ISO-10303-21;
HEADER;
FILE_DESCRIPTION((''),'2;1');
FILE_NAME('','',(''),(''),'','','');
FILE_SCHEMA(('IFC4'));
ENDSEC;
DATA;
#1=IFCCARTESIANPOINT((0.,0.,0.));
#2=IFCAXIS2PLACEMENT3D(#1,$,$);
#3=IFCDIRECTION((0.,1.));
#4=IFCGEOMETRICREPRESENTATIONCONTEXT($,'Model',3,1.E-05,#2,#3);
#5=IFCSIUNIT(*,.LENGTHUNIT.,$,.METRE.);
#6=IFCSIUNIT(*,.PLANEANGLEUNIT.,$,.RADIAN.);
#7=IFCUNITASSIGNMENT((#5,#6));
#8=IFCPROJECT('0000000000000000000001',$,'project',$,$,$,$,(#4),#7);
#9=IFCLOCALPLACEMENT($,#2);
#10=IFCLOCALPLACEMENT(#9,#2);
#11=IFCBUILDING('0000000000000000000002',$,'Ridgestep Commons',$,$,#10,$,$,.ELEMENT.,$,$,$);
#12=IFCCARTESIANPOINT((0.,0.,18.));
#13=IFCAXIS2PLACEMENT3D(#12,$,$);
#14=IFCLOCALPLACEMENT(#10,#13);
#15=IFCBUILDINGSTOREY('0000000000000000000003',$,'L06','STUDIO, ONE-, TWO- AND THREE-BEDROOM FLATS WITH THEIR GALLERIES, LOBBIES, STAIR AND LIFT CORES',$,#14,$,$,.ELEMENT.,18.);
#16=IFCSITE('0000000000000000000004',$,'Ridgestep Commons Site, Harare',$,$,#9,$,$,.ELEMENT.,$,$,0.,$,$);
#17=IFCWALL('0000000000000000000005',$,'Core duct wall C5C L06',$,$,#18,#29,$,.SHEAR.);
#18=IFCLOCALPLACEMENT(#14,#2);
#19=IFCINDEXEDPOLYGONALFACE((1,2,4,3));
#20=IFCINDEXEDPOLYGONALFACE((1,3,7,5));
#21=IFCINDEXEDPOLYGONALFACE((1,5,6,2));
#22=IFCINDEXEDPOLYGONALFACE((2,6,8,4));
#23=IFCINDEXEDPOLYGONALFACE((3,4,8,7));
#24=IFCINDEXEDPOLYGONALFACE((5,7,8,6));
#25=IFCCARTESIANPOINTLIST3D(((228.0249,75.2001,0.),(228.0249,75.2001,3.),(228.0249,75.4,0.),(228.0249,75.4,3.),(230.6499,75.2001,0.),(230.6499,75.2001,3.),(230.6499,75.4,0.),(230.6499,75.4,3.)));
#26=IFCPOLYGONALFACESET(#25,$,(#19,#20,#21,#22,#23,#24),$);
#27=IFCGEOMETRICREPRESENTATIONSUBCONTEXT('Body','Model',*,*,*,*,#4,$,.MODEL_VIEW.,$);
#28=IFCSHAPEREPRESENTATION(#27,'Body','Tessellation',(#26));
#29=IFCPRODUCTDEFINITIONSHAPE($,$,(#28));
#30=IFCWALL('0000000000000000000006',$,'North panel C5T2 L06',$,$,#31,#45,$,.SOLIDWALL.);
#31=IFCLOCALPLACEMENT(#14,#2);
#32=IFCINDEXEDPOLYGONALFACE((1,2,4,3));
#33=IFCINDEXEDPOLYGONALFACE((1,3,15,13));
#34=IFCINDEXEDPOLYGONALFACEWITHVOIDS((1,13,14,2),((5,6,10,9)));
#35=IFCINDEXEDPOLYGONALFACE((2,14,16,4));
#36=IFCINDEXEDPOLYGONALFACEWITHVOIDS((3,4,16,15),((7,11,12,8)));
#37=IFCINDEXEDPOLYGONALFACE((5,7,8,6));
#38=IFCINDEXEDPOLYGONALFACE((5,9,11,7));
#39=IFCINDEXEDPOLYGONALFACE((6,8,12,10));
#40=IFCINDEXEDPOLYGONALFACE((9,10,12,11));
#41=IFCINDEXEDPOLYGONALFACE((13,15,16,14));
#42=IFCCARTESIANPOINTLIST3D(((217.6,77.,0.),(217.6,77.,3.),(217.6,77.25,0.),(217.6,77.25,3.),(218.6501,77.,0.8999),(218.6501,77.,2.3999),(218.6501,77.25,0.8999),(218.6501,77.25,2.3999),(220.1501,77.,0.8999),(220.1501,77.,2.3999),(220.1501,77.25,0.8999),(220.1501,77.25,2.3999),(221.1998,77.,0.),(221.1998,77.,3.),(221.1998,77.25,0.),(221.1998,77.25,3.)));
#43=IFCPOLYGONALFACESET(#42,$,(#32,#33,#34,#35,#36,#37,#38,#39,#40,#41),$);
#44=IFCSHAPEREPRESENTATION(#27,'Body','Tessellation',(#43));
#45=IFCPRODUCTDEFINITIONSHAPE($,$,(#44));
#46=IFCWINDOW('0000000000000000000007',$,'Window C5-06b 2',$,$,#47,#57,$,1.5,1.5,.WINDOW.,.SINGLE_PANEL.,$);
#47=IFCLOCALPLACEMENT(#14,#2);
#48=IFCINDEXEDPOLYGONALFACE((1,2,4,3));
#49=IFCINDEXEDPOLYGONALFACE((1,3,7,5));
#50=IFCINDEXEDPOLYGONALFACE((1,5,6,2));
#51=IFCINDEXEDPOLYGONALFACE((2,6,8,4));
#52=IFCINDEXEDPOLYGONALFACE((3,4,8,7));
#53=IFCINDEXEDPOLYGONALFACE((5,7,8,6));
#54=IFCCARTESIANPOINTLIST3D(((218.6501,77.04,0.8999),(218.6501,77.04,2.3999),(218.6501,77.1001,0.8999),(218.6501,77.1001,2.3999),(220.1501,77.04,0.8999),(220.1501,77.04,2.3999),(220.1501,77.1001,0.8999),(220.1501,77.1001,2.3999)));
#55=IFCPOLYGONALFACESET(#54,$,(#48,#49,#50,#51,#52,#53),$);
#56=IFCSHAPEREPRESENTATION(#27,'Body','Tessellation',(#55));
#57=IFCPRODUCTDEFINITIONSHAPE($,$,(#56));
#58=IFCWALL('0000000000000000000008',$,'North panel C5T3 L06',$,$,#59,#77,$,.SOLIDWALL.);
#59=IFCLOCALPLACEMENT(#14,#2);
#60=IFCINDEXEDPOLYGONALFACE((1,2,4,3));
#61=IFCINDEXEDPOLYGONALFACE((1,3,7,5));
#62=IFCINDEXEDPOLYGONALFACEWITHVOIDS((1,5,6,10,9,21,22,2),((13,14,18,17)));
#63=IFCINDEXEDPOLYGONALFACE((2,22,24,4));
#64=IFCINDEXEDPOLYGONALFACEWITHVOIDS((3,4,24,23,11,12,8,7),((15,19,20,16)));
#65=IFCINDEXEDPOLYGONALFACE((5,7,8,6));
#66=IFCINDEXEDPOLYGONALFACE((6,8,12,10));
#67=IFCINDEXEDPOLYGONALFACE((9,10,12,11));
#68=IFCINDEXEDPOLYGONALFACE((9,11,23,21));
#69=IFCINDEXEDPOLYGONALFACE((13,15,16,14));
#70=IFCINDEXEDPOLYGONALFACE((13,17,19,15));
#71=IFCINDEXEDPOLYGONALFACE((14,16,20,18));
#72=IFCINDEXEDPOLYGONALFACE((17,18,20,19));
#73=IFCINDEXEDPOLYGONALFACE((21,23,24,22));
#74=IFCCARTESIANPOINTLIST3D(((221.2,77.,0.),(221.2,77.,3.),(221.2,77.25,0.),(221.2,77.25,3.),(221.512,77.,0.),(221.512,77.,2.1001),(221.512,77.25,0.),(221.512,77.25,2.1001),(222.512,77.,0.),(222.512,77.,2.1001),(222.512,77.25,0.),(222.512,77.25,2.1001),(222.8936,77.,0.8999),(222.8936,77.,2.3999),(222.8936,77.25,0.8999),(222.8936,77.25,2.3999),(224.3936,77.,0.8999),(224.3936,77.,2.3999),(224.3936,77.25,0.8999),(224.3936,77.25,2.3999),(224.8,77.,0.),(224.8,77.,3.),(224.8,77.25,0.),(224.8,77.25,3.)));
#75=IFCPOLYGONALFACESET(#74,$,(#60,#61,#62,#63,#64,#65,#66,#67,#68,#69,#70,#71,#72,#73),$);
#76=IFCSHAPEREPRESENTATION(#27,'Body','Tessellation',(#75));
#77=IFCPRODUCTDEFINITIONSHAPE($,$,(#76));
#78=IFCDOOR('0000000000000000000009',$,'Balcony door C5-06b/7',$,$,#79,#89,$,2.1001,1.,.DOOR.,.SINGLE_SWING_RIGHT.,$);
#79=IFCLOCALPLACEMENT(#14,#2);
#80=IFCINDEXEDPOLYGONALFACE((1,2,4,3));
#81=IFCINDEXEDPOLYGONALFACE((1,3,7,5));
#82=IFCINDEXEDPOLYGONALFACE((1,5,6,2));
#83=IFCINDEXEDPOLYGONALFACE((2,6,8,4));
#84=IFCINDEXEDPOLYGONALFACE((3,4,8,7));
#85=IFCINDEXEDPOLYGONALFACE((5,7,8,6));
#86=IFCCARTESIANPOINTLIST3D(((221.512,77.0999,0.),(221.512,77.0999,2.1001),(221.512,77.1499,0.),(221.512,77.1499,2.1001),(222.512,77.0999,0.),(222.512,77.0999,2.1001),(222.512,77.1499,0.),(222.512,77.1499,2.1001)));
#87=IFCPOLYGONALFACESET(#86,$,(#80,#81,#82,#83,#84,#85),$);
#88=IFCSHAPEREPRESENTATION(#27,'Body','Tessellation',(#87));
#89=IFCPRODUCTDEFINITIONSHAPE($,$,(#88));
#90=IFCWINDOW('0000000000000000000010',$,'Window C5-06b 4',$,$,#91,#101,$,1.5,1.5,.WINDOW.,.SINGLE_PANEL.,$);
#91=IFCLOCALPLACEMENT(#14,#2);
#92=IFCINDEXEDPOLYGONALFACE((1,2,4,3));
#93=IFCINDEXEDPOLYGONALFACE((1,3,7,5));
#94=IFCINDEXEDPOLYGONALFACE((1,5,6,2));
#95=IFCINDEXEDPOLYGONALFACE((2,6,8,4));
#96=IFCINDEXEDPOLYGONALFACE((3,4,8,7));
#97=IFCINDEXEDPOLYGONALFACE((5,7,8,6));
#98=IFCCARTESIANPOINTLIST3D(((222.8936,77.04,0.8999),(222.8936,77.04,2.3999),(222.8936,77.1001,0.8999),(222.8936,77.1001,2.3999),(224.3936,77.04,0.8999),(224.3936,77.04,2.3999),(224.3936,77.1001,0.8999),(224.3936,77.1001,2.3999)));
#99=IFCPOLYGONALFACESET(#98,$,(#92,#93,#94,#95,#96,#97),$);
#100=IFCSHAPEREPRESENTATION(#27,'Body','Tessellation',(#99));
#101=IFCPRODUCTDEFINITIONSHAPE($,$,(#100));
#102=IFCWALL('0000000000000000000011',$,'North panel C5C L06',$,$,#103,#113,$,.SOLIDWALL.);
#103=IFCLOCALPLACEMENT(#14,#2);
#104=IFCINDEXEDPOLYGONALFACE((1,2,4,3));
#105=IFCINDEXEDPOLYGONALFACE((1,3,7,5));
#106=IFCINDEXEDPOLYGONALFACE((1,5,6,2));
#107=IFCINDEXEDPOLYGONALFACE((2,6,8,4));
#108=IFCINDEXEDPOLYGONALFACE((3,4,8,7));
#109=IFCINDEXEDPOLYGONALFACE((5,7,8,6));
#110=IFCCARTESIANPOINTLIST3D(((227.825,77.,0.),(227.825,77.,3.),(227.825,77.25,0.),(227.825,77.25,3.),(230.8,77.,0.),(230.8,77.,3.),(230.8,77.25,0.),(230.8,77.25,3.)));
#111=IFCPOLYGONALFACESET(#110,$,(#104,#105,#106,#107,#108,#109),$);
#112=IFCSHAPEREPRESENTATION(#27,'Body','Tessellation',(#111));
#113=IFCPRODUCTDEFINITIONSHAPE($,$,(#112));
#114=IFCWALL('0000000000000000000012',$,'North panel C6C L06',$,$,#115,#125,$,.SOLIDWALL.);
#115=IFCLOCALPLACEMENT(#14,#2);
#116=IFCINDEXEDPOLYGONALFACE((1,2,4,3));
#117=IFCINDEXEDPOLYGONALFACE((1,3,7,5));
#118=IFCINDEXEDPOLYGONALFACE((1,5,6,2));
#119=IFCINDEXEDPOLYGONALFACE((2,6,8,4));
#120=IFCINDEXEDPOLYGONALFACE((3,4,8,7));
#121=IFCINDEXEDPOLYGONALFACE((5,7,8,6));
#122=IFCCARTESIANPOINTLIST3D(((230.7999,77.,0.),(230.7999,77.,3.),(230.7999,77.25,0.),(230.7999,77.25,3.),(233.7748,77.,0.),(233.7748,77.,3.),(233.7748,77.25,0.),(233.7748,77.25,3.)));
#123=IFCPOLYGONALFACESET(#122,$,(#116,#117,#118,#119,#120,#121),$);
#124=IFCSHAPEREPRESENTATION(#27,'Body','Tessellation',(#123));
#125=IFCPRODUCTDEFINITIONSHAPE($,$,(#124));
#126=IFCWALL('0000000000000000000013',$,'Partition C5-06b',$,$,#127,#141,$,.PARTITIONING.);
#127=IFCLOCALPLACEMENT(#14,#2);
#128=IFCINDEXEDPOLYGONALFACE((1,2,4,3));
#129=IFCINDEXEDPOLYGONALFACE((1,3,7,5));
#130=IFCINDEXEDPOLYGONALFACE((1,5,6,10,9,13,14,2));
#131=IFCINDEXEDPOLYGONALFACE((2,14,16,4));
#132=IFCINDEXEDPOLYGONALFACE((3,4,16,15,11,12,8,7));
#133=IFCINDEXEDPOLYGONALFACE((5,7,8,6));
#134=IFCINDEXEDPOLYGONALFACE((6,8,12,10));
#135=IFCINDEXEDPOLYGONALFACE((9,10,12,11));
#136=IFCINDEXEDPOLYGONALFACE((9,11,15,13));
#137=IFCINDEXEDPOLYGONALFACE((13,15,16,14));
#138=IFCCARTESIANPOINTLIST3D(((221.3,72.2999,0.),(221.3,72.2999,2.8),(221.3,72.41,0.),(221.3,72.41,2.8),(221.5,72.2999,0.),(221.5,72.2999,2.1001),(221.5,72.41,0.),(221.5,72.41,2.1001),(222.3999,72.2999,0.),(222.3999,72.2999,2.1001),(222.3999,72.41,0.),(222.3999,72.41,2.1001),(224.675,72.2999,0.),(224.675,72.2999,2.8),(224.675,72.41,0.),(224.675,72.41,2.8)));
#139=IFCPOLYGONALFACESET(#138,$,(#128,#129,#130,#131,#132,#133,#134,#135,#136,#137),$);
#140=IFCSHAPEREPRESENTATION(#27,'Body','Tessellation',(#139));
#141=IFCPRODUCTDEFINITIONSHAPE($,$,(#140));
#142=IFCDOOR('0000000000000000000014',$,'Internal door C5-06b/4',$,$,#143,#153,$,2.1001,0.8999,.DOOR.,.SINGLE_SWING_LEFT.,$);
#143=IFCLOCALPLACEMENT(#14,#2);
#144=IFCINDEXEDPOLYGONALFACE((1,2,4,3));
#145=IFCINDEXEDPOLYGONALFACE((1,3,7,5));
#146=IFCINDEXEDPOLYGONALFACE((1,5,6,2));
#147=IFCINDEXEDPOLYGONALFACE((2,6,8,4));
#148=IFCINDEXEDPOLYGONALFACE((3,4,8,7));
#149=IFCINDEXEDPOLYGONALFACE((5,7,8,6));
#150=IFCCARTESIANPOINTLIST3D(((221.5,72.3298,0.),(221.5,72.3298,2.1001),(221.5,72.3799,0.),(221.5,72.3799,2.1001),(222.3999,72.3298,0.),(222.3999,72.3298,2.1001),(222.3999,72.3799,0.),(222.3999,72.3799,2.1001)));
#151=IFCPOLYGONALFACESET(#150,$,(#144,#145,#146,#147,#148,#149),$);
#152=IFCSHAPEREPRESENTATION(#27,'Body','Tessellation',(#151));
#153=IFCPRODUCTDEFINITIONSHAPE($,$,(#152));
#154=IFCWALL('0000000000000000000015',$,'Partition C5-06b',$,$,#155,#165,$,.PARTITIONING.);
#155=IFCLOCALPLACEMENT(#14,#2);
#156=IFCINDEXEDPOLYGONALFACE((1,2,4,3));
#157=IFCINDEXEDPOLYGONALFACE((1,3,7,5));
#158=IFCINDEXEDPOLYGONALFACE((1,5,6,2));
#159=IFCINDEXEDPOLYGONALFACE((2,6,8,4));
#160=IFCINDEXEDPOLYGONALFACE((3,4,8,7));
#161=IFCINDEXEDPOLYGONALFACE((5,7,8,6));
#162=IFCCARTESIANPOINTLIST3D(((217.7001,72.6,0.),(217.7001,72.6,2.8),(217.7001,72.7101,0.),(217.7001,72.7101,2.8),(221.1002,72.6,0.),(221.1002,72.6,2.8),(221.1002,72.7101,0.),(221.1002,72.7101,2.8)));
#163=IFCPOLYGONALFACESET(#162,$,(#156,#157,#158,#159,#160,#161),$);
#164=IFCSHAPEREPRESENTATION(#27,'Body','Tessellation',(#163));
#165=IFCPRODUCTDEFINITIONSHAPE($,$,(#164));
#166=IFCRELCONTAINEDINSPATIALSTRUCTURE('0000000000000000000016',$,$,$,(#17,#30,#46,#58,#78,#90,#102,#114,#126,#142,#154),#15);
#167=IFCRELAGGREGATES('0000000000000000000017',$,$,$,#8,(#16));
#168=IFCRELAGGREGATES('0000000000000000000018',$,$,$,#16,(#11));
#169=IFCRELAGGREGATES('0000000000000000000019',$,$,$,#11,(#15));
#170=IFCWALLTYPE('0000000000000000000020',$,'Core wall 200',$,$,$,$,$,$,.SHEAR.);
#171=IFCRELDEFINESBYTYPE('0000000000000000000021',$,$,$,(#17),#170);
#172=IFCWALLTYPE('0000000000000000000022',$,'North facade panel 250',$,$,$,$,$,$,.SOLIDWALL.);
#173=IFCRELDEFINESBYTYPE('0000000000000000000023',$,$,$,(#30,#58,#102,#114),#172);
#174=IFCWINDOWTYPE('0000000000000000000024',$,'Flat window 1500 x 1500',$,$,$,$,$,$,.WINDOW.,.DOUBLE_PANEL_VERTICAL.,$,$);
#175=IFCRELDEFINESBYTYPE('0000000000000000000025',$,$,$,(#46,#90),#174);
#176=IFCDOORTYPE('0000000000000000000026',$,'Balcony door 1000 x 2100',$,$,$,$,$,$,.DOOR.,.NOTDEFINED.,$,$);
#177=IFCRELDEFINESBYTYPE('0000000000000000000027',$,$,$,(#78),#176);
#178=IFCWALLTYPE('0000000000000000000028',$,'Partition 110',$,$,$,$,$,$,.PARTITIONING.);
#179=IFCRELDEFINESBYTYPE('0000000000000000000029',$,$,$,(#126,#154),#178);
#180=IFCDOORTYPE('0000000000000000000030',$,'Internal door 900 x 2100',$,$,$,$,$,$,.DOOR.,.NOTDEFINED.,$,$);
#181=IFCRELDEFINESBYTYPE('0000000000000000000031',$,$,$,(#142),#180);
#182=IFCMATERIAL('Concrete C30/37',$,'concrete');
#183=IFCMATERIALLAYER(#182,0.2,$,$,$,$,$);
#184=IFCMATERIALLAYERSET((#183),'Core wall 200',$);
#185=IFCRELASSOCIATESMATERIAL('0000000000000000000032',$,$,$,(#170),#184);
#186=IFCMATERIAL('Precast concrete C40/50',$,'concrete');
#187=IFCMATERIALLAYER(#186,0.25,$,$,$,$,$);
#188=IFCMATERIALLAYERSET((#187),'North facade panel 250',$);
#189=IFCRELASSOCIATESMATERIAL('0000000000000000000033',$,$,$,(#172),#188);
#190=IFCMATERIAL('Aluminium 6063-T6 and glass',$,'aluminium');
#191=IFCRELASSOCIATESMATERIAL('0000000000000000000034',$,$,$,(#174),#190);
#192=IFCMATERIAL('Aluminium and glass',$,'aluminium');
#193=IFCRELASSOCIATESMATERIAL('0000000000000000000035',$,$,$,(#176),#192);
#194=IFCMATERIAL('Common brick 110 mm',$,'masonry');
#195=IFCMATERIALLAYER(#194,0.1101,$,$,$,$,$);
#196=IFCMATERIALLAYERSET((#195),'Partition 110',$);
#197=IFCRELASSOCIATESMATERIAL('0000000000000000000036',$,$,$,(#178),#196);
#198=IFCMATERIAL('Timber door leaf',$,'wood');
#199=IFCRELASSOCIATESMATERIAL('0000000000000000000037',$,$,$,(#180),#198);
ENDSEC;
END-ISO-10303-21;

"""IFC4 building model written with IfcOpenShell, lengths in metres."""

from ifc_helpers import new_model, si_unit, direction, frame, frame_2d, origin, place, context, subcontext, project, spatial, rectangle, extrude, material, layer, layer_set, type_object, element, fill, save


model = new_model("IFC4")

# Units and contexts
model_context = context("Model", 3, precision=1e-05, world=origin(), true_north=direction((0.0, 1.0)))
body_context = subcontext(model_context, "Body", "Model", "MODEL_VIEW")
ifc_project = project(units=[si_unit("LENGTHUNIT", "METRE"), si_unit("PLANEANGLEUNIT", "RADIAN")], contexts=[model_context])

# Site, building, storey
site_placement = place(None, origin())
site = spatial("IfcSite", under=ifc_project, at=site_placement, Name="Ridgestep Commons Site, Harare", CompositionType="ELEMENT", RefElevation=0.0)
building_placement = place(site_placement, origin())
building = spatial("IfcBuilding", under=site, at=building_placement, Name="Ridgestep Commons", CompositionType="ELEMENT")
storey_placement = place(building_placement, frame((0.0, 0.0, 18.0)))
storey = spatial("IfcBuildingStorey", under=building, at=storey_placement, Name="L06", Description="STUDIO, ONE-, TWO- AND THREE-BEDROOM FLATS WITH THEIR GALLERIES, LOBBIES, STAIR AND LIFT CORES", CompositionType="ELEMENT", Elevation=18.0)

# Wall
ifc_material_1 = material(Name="Concrete C30/37", Category="concrete")
ifc_layer_1 = layer(ifc_material_1, 0.2)
ifc_layer_set_1 = layer_set([ifc_layer_1], Name="Core wall 200")
wall_type_1 = type_object("IfcWallType", Name="Core wall 200", PredefinedType="SHEAR", material=ifc_layer_set_1)
wall_1_placement = place(storey_placement, frame((228.0249, 75.3, 0.0), z_axis=(0.0, 0.0, 1.0), x_axis=(1.0, 0.0, 0.0)))
element("IfcWall", 1, at=wall_1_placement, inside=storey, type_object=wall_type_1, Name="Core duct wall C5C L06", PredefinedType="SHEAR", context=body_context, shape_type="SweptSolid", body=[
    extrude(rectangle(XDim=2.625, YDim=0.2, at=frame_2d((1.3125, 0.0))), origin(), (0.0, 0.0, 1.0), 3.0),
])

# Wall, opening, window
ifc_material_2 = material(Name="Precast concrete C40/50", Category="concrete")
ifc_layer_2 = layer(ifc_material_2, 0.25)
ifc_layer_set_2 = layer_set([ifc_layer_2], Name="North facade panel 250")
wall_type_2 = type_object("IfcWallType", Name="North facade panel 250", PredefinedType="SOLIDWALL", material=ifc_layer_set_2)
wall_2_placement = place(storey_placement, frame((217.6001, 77.125, 0.0), z_axis=(0.0, 0.0, 1.0), x_axis=(1.0, 0.0, 0.0)))
wall_2 = element("IfcWall", 2, at=wall_2_placement, inside=storey, type_object=wall_type_2, Name="North panel C5T2 L06", PredefinedType="SOLIDWALL", context=body_context, shape_type="SweptSolid", body=[
    extrude(rectangle(XDim=3.5999, YDim=0.25, at=frame_2d((1.7998, 0.0))), origin(), (0.0, 0.0, 1.0), 3.0),
])
opening_1_placement = place(wall_2_placement, frame((1.05, 0.0, 0.8999)))
opening_1 = element("IfcOpeningElement", 3, at=opening_1_placement, cuts=wall_2, PredefinedType="OPENING", context=body_context, shape_type="SweptSolid", body=[
    extrude(rectangle(XDim=1.5, YDim=1.5, at=frame_2d((0.75, 0.75))), frame((0.0, 0.135, 0.0), z_axis=(0.0, -1.0, 0.0), x_axis=(1.0, 0.0, 0.0)), (0.0, 0.0, 1.0), 0.27),
])
ifc_material_3 = material(Name="Aluminium 6063-T6 and glass", Category="aluminium")
window_type = type_object("IfcWindowType", Name="Flat window 1500 x 1500", PartitioningType="DOUBLE_PANEL_VERTICAL", PredefinedType="WINDOW", material=ifc_material_3)
window_1_placement = place(opening_1_placement, origin())
window_1 = element("IfcWindow", 4, at=window_1_placement, inside=storey, type_object=window_type, Name="Window C5-06b 2", OverallHeight=1.5, OverallWidth=1.5, PartitioningType="SINGLE_PANEL", PredefinedType="WINDOW", context=body_context, shape_type="SweptSolid", body=[
    extrude(rectangle(XDim=1.5, YDim=1.5, at=frame_2d((0.75, 0.75))), frame((0.0, -0.0249, 0.0), z_axis=(0.0, -1.0, 0.0), x_axis=(1.0, 0.0, 0.0)), (0.0, 0.0, 1.0), 0.0601),
])
fill(opening_1, window_1)

# Wall, openings, door, window
wall_3_placement = place(storey_placement, frame((221.2, 77.125, 0.0), z_axis=(0.0, 0.0, 1.0), x_axis=(1.0, 0.0, 0.0)))
wall_3 = element("IfcWall", 5, at=wall_3_placement, inside=storey, type_object=wall_type_2, Name="North panel C5T3 L06", PredefinedType="SOLIDWALL", context=body_context, shape_type="SweptSolid", body=[
    extrude(rectangle(XDim=3.6001, YDim=0.25, at=frame_2d((1.8, 0.0))), origin(), (0.0, 0.0, 1.0), 3.0),
])
opening_2_placement = place(wall_3_placement, frame((1.6936, 0.0, 0.8999)))
opening_2 = element("IfcOpeningElement", 6, at=opening_2_placement, cuts=wall_3, PredefinedType="OPENING", context=body_context, shape_type="SweptSolid", body=[
    extrude(rectangle(XDim=1.5, YDim=1.5, at=frame_2d((0.75, 0.75))), frame((0.0, 0.135, 0.0), z_axis=(0.0, -1.0, 0.0), x_axis=(1.0, 0.0, 0.0)), (0.0, 0.0, 1.0), 0.27),
])
opening_3_placement = place(wall_3_placement, frame((0.312, 0.0, 0.0)))
opening_3 = element("IfcOpeningElement", 7, at=opening_3_placement, cuts=wall_3, PredefinedType="OPENING", context=body_context, shape_type="SweptSolid", body=[
    extrude(rectangle(XDim=1.0, YDim=2.1001, at=frame_2d((0.5, 1.05))), frame((0.0, 0.135, 0.0), z_axis=(0.0, -1.0, 0.0), x_axis=(1.0, 0.0, 0.0)), (0.0, 0.0, 1.0), 0.27),
])
ifc_material_4 = material(Name="Aluminium and glass", Category="aluminium")
door_type_1 = type_object("IfcDoorType", Name="Balcony door 1000 x 2100", OperationType="NOTDEFINED", PredefinedType="DOOR", material=ifc_material_4)
door_1_placement = place(opening_3_placement, origin())
door_1 = element("IfcDoor", 8, at=door_1_placement, inside=storey, type_object=door_type_1, Name="Balcony door C5-06b/7", OperationType="SINGLE_SWING_RIGHT", OverallHeight=2.1001, OverallWidth=1.0, PredefinedType="DOOR", context=body_context, shape_type="SweptSolid", body=[
    extrude(rectangle(XDim=1.0, YDim=2.1001, at=frame_2d((0.5, 1.05))), frame((0.0, 0.0249, 0.0), z_axis=(0.0, -1.0, 0.0), x_axis=(1.0, 0.0, 0.0)), (0.0, 0.0, 1.0), 0.05),
])
fill(opening_3, door_1)
window_2_placement = place(opening_2_placement, origin())
window_2 = element("IfcWindow", 9, at=window_2_placement, inside=storey, type_object=window_type, Name="Window C5-06b 4", OverallHeight=1.5, OverallWidth=1.5, PartitioningType="SINGLE_PANEL", PredefinedType="WINDOW", context=body_context, shape_type="SweptSolid", body=[
    extrude(rectangle(XDim=1.5, YDim=1.5, at=frame_2d((0.75, 0.75))), frame((0.0, -0.0249, 0.0), z_axis=(0.0, -1.0, 0.0), x_axis=(1.0, 0.0, 0.0)), (0.0, 0.0, 1.0), 0.0601),
])
fill(opening_2, window_2)

# Walls
wall_4_placement = place(storey_placement, frame((227.825, 77.125, 0.0), z_axis=(0.0, 0.0, 1.0), x_axis=(1.0, 0.0, 0.0)))
element("IfcWall", 10, at=wall_4_placement, inside=storey, type_object=wall_type_2, Name="North panel C5C L06", PredefinedType="SOLIDWALL", context=body_context, shape_type="SweptSolid", body=[
    extrude(rectangle(XDim=2.9751, YDim=0.25, at=frame_2d((1.4875, 0.0))), origin(), (0.0, 0.0, 1.0), 3.0),
])
wall_5_placement = place(storey_placement, frame((230.8, 77.125, 0.0), z_axis=(0.0, 0.0, 1.0), x_axis=(1.0, 0.0, 0.0)))
element("IfcWall", 11, at=wall_5_placement, inside=storey, type_object=wall_type_2, Name="North panel C6C L06", PredefinedType="SOLIDWALL", context=body_context, shape_type="SweptSolid", body=[
    extrude(rectangle(XDim=2.9749, YDim=0.25, at=frame_2d((1.4873, 0.0))), origin(), (0.0, 0.0, 1.0), 3.0),
])

# Wall, opening, door
ifc_material_5 = material(Name="Common brick 110 mm", Category="masonry")
ifc_layer_3 = layer(ifc_material_5, 0.1101)
ifc_layer_set_3 = layer_set([ifc_layer_3], Name="Partition 110")
wall_type_3 = type_object("IfcWallType", Name="Partition 110", PredefinedType="PARTITIONING", material=ifc_layer_set_3)
wall_6_placement = place(storey_placement, frame((221.3, 72.355, 0.0), z_axis=(0.0, 0.0, 1.0), x_axis=(1.0, 0.0, 0.0)))
wall_6 = element("IfcWall", 12, at=wall_6_placement, inside=storey, type_object=wall_type_3, Name="Partition C5-06b", PredefinedType="PARTITIONING", context=body_context, shape_type="SweptSolid", body=[
    extrude(rectangle(XDim=3.375, YDim=0.1101, at=frame_2d((1.6875, 0.0))), origin(), (0.0, 0.0, 1.0), 2.8),
])
opening_4_placement = place(wall_6_placement, frame((0.2, 0.0, 0.0)))
opening_4 = element("IfcOpeningElement", 13, at=opening_4_placement, cuts=wall_6, PredefinedType="OPENING", context=body_context, shape_type="SweptSolid", body=[
    extrude(rectangle(XDim=0.8999, YDim=2.1001, at=frame_2d((0.45, 1.05))), frame((0.0, 0.0649, 0.0), z_axis=(0.0, -1.0, 0.0), x_axis=(1.0, 0.0, 0.0)), (0.0, 0.0, 1.0), 0.1301),
])
ifc_material_6 = material(Name="Timber door leaf", Category="wood")
door_type_2 = type_object("IfcDoorType", Name="Internal door 900 x 2100", OperationType="NOTDEFINED", PredefinedType="DOOR", material=ifc_material_6)
door_2_placement = place(opening_4_placement, origin())
door_2 = element("IfcDoor", 14, at=door_2_placement, inside=storey, type_object=door_type_2, Name="Internal door C5-06b/4", OperationType="SINGLE_SWING_LEFT", OverallHeight=2.1001, OverallWidth=0.8999, PredefinedType="DOOR", context=body_context, shape_type="SweptSolid", body=[
    extrude(rectangle(XDim=0.8999, YDim=2.1001, at=frame_2d((0.45, 1.05))), frame((0.0, 0.0249, 0.0), z_axis=(0.0, -1.0, 0.0), x_axis=(1.0, 0.0, 0.0)), (0.0, 0.0, 1.0), 0.05),
])
fill(opening_4, door_2)

# Wall
wall_7_placement = place(storey_placement, frame((217.7, 72.655, 0.0), z_axis=(0.0, 0.0, 1.0), x_axis=(1.0, 0.0, 0.0)))
element("IfcWall", 15, at=wall_7_placement, inside=storey, type_object=wall_type_3, Name="Partition C5-06b", PredefinedType="PARTITIONING", context=body_context, shape_type="SweptSolid", body=[
    extrude(rectangle(XDim=3.4001, YDim=0.1101, at=frame_2d((1.7002, 0.0))), origin(), (0.0, 0.0, 1.0), 2.8),
])

save(model, "model.ifc")
